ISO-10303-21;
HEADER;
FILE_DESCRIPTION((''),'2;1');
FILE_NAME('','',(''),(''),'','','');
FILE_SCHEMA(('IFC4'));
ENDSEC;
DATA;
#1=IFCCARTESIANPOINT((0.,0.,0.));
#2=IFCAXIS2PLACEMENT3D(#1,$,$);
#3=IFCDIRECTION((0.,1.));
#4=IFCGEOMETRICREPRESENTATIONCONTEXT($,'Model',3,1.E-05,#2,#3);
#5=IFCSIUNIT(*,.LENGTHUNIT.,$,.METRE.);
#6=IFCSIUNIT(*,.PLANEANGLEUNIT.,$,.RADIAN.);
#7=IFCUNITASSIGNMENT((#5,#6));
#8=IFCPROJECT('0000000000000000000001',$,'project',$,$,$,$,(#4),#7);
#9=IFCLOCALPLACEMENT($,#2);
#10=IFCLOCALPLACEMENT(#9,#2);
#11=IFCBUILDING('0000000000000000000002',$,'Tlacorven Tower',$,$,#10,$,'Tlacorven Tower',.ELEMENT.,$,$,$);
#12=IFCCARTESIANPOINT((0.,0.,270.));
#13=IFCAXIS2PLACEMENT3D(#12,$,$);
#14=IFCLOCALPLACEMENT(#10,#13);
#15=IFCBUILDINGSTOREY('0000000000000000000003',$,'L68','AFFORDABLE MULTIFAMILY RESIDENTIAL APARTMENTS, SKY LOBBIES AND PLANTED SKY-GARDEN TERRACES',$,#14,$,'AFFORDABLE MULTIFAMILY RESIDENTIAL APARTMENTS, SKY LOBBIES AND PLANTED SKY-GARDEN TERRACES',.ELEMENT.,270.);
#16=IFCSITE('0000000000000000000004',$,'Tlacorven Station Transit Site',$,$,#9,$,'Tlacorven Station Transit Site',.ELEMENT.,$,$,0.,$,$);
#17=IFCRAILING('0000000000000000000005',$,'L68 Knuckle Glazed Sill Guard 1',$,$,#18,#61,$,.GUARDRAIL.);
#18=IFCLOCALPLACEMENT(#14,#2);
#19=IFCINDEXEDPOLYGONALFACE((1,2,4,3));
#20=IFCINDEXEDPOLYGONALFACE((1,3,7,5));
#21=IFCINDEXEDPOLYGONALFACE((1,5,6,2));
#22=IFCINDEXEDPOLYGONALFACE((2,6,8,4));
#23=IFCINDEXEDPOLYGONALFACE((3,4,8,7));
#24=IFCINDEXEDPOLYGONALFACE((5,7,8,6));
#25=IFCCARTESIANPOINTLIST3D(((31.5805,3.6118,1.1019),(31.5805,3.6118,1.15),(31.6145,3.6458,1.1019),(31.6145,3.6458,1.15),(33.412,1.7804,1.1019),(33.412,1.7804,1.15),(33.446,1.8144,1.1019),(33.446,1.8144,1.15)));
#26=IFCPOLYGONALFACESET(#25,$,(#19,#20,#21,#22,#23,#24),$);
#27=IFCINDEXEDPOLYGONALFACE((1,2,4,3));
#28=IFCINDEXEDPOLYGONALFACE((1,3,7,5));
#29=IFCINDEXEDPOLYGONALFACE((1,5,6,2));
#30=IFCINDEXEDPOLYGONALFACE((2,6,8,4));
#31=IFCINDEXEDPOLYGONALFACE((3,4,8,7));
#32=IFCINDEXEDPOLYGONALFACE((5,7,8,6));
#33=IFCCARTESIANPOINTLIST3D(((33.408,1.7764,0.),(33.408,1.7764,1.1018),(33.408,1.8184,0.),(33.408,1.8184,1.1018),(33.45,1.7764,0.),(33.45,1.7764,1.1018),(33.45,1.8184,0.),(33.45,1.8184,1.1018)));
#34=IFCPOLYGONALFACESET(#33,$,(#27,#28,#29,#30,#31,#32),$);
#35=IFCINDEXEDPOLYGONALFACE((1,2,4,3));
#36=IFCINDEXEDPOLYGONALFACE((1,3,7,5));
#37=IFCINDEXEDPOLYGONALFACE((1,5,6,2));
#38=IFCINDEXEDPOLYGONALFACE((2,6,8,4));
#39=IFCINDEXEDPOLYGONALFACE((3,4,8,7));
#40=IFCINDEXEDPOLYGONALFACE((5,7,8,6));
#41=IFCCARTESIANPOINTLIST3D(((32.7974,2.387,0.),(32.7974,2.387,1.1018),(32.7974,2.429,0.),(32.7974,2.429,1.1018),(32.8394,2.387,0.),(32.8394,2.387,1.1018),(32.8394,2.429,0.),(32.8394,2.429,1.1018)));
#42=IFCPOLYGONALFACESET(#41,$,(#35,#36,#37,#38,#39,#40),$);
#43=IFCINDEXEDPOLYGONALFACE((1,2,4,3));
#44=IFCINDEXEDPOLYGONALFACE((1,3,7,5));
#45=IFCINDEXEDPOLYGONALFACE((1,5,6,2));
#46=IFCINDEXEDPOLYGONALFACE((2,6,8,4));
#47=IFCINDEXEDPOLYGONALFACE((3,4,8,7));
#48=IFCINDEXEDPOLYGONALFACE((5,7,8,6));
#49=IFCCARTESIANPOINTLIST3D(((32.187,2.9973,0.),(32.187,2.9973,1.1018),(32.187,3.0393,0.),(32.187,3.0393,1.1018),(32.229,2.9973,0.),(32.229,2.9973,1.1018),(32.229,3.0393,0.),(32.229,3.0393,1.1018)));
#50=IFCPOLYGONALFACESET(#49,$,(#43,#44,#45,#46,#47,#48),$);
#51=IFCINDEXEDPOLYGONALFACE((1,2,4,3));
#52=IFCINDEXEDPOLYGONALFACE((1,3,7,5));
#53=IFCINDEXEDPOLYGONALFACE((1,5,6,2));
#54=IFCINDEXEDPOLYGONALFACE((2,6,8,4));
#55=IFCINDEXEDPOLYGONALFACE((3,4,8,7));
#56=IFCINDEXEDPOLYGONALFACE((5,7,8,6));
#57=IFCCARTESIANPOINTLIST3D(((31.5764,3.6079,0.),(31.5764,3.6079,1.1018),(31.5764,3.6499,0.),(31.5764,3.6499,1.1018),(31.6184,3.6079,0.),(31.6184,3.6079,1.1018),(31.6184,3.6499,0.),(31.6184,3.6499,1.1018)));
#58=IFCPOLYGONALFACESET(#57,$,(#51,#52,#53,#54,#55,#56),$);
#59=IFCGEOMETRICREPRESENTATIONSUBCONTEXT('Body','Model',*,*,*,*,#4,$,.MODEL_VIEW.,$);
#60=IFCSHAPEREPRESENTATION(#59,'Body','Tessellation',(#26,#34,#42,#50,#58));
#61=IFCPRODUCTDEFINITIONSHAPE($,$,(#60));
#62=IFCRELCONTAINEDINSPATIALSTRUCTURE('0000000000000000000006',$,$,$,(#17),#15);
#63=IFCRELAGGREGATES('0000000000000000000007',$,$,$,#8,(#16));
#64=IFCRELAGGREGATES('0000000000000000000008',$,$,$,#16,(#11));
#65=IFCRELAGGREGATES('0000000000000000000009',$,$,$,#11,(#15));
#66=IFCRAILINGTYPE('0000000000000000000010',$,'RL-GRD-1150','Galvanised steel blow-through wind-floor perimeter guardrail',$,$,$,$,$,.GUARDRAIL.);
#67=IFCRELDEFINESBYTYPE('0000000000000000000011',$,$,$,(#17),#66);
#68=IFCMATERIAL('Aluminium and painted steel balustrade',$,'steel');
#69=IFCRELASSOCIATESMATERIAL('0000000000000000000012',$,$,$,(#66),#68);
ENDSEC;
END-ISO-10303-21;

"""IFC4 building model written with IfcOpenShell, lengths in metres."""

from ifc_helpers import new_model, si_unit, direction, frame, origin, origin_2d, place, context, subcontext, project, spatial, rectangle, extrude, source, transform, mapped, material, type_object, element, save


model = new_model("IFC4")

# Units and contexts
model_context = context("Model", 3, precision=1e-05, world=origin(), true_north=direction((0.0, 1.0)))
body_context = subcontext(model_context, "Body", "Model", "MODEL_VIEW")
ifc_project = project(units=[si_unit("LENGTHUNIT", "METRE"), si_unit("PLANEANGLEUNIT", "RADIAN")], contexts=[model_context])

# Site, building, storey
site_placement = place(None, origin())
site = spatial("IfcSite", under=ifc_project, at=site_placement, Name="Tlacorven Station Transit Site", LongName="Tlacorven Station Transit Site", CompositionType="ELEMENT", RefElevation=0.0)
building_placement = place(site_placement, origin())
building = spatial("IfcBuilding", under=site, at=building_placement, Name="Tlacorven Tower", LongName="Tlacorven Tower", CompositionType="ELEMENT")
storey_placement = place(building_placement, frame((0.0, 0.0, 270.0)))
storey = spatial("IfcBuildingStorey", under=building, at=storey_placement, Name="L68", Description="AFFORDABLE MULTIFAMILY RESIDENTIAL APARTMENTS, SKY LOBBIES AND PLANTED SKY-GARDEN TERRACES", LongName="AFFORDABLE MULTIFAMILY RESIDENTIAL APARTMENTS, SKY LOBBIES AND PLANTED SKY-GARDEN TERRACES", CompositionType="ELEMENT", Elevation=270.0)

# Railing
ifc_material_1 = material(Name="Aluminium and painted steel balustrade", Category="steel")
railing_type = type_object("IfcRailingType", Name="RL-GRD-1150", Description="Galvanised steel blow-through wind-floor perimeter guardrail", PredefinedType="GUARDRAIL", material=ifc_material_1)
shared_shape_1 = source(origin(), body_context, "Body", "SweptSolid", [
    extrude(rectangle(XDim=0.0481, YDim=0.0481, at=origin_2d()), frame((0.0, 0.0, 1.126), z_axis=(-0.707107, 0.707107, 0.0), x_axis=(-0.707107, -0.707107, 0.0)), (0.0, 0.0, 1.0), 2.5901),
    extrude(rectangle(XDim=0.042, YDim=0.042, at=origin_2d()), origin(), (0.0, 0.0, 1.0), 1.1018),
    extrude(rectangle(XDim=0.042, YDim=0.042, at=origin_2d()), frame((-0.6106, 0.6106, 0.0)), (0.0, 0.0, 1.0), 1.1018),
    extrude(rectangle(XDim=0.042, YDim=0.042, at=origin_2d()), frame((-1.2209, 1.2209, 0.0)), (0.0, 0.0, 1.0), 1.1018),
    extrude(rectangle(XDim=0.042, YDim=0.042, at=origin_2d()), frame((-1.8315, 1.8315, 0.0)), (0.0, 0.0, 1.0), 1.1018),
])
railing_placement = place(storey_placement, frame((33.429, 1.7974, 0.0)))
element("IfcRailing", 1, at=railing_placement, inside=storey, type_object=railing_type, Name="L68 Knuckle Glazed Sill Guard 1", PredefinedType="GUARDRAIL", context=body_context, shape_type="MappedRepresentation", body=[
    mapped(shared_shape_1, transform((0.0, 0.0, 0.0), scale=1.0)),
])

save(model, "model.ifc")
